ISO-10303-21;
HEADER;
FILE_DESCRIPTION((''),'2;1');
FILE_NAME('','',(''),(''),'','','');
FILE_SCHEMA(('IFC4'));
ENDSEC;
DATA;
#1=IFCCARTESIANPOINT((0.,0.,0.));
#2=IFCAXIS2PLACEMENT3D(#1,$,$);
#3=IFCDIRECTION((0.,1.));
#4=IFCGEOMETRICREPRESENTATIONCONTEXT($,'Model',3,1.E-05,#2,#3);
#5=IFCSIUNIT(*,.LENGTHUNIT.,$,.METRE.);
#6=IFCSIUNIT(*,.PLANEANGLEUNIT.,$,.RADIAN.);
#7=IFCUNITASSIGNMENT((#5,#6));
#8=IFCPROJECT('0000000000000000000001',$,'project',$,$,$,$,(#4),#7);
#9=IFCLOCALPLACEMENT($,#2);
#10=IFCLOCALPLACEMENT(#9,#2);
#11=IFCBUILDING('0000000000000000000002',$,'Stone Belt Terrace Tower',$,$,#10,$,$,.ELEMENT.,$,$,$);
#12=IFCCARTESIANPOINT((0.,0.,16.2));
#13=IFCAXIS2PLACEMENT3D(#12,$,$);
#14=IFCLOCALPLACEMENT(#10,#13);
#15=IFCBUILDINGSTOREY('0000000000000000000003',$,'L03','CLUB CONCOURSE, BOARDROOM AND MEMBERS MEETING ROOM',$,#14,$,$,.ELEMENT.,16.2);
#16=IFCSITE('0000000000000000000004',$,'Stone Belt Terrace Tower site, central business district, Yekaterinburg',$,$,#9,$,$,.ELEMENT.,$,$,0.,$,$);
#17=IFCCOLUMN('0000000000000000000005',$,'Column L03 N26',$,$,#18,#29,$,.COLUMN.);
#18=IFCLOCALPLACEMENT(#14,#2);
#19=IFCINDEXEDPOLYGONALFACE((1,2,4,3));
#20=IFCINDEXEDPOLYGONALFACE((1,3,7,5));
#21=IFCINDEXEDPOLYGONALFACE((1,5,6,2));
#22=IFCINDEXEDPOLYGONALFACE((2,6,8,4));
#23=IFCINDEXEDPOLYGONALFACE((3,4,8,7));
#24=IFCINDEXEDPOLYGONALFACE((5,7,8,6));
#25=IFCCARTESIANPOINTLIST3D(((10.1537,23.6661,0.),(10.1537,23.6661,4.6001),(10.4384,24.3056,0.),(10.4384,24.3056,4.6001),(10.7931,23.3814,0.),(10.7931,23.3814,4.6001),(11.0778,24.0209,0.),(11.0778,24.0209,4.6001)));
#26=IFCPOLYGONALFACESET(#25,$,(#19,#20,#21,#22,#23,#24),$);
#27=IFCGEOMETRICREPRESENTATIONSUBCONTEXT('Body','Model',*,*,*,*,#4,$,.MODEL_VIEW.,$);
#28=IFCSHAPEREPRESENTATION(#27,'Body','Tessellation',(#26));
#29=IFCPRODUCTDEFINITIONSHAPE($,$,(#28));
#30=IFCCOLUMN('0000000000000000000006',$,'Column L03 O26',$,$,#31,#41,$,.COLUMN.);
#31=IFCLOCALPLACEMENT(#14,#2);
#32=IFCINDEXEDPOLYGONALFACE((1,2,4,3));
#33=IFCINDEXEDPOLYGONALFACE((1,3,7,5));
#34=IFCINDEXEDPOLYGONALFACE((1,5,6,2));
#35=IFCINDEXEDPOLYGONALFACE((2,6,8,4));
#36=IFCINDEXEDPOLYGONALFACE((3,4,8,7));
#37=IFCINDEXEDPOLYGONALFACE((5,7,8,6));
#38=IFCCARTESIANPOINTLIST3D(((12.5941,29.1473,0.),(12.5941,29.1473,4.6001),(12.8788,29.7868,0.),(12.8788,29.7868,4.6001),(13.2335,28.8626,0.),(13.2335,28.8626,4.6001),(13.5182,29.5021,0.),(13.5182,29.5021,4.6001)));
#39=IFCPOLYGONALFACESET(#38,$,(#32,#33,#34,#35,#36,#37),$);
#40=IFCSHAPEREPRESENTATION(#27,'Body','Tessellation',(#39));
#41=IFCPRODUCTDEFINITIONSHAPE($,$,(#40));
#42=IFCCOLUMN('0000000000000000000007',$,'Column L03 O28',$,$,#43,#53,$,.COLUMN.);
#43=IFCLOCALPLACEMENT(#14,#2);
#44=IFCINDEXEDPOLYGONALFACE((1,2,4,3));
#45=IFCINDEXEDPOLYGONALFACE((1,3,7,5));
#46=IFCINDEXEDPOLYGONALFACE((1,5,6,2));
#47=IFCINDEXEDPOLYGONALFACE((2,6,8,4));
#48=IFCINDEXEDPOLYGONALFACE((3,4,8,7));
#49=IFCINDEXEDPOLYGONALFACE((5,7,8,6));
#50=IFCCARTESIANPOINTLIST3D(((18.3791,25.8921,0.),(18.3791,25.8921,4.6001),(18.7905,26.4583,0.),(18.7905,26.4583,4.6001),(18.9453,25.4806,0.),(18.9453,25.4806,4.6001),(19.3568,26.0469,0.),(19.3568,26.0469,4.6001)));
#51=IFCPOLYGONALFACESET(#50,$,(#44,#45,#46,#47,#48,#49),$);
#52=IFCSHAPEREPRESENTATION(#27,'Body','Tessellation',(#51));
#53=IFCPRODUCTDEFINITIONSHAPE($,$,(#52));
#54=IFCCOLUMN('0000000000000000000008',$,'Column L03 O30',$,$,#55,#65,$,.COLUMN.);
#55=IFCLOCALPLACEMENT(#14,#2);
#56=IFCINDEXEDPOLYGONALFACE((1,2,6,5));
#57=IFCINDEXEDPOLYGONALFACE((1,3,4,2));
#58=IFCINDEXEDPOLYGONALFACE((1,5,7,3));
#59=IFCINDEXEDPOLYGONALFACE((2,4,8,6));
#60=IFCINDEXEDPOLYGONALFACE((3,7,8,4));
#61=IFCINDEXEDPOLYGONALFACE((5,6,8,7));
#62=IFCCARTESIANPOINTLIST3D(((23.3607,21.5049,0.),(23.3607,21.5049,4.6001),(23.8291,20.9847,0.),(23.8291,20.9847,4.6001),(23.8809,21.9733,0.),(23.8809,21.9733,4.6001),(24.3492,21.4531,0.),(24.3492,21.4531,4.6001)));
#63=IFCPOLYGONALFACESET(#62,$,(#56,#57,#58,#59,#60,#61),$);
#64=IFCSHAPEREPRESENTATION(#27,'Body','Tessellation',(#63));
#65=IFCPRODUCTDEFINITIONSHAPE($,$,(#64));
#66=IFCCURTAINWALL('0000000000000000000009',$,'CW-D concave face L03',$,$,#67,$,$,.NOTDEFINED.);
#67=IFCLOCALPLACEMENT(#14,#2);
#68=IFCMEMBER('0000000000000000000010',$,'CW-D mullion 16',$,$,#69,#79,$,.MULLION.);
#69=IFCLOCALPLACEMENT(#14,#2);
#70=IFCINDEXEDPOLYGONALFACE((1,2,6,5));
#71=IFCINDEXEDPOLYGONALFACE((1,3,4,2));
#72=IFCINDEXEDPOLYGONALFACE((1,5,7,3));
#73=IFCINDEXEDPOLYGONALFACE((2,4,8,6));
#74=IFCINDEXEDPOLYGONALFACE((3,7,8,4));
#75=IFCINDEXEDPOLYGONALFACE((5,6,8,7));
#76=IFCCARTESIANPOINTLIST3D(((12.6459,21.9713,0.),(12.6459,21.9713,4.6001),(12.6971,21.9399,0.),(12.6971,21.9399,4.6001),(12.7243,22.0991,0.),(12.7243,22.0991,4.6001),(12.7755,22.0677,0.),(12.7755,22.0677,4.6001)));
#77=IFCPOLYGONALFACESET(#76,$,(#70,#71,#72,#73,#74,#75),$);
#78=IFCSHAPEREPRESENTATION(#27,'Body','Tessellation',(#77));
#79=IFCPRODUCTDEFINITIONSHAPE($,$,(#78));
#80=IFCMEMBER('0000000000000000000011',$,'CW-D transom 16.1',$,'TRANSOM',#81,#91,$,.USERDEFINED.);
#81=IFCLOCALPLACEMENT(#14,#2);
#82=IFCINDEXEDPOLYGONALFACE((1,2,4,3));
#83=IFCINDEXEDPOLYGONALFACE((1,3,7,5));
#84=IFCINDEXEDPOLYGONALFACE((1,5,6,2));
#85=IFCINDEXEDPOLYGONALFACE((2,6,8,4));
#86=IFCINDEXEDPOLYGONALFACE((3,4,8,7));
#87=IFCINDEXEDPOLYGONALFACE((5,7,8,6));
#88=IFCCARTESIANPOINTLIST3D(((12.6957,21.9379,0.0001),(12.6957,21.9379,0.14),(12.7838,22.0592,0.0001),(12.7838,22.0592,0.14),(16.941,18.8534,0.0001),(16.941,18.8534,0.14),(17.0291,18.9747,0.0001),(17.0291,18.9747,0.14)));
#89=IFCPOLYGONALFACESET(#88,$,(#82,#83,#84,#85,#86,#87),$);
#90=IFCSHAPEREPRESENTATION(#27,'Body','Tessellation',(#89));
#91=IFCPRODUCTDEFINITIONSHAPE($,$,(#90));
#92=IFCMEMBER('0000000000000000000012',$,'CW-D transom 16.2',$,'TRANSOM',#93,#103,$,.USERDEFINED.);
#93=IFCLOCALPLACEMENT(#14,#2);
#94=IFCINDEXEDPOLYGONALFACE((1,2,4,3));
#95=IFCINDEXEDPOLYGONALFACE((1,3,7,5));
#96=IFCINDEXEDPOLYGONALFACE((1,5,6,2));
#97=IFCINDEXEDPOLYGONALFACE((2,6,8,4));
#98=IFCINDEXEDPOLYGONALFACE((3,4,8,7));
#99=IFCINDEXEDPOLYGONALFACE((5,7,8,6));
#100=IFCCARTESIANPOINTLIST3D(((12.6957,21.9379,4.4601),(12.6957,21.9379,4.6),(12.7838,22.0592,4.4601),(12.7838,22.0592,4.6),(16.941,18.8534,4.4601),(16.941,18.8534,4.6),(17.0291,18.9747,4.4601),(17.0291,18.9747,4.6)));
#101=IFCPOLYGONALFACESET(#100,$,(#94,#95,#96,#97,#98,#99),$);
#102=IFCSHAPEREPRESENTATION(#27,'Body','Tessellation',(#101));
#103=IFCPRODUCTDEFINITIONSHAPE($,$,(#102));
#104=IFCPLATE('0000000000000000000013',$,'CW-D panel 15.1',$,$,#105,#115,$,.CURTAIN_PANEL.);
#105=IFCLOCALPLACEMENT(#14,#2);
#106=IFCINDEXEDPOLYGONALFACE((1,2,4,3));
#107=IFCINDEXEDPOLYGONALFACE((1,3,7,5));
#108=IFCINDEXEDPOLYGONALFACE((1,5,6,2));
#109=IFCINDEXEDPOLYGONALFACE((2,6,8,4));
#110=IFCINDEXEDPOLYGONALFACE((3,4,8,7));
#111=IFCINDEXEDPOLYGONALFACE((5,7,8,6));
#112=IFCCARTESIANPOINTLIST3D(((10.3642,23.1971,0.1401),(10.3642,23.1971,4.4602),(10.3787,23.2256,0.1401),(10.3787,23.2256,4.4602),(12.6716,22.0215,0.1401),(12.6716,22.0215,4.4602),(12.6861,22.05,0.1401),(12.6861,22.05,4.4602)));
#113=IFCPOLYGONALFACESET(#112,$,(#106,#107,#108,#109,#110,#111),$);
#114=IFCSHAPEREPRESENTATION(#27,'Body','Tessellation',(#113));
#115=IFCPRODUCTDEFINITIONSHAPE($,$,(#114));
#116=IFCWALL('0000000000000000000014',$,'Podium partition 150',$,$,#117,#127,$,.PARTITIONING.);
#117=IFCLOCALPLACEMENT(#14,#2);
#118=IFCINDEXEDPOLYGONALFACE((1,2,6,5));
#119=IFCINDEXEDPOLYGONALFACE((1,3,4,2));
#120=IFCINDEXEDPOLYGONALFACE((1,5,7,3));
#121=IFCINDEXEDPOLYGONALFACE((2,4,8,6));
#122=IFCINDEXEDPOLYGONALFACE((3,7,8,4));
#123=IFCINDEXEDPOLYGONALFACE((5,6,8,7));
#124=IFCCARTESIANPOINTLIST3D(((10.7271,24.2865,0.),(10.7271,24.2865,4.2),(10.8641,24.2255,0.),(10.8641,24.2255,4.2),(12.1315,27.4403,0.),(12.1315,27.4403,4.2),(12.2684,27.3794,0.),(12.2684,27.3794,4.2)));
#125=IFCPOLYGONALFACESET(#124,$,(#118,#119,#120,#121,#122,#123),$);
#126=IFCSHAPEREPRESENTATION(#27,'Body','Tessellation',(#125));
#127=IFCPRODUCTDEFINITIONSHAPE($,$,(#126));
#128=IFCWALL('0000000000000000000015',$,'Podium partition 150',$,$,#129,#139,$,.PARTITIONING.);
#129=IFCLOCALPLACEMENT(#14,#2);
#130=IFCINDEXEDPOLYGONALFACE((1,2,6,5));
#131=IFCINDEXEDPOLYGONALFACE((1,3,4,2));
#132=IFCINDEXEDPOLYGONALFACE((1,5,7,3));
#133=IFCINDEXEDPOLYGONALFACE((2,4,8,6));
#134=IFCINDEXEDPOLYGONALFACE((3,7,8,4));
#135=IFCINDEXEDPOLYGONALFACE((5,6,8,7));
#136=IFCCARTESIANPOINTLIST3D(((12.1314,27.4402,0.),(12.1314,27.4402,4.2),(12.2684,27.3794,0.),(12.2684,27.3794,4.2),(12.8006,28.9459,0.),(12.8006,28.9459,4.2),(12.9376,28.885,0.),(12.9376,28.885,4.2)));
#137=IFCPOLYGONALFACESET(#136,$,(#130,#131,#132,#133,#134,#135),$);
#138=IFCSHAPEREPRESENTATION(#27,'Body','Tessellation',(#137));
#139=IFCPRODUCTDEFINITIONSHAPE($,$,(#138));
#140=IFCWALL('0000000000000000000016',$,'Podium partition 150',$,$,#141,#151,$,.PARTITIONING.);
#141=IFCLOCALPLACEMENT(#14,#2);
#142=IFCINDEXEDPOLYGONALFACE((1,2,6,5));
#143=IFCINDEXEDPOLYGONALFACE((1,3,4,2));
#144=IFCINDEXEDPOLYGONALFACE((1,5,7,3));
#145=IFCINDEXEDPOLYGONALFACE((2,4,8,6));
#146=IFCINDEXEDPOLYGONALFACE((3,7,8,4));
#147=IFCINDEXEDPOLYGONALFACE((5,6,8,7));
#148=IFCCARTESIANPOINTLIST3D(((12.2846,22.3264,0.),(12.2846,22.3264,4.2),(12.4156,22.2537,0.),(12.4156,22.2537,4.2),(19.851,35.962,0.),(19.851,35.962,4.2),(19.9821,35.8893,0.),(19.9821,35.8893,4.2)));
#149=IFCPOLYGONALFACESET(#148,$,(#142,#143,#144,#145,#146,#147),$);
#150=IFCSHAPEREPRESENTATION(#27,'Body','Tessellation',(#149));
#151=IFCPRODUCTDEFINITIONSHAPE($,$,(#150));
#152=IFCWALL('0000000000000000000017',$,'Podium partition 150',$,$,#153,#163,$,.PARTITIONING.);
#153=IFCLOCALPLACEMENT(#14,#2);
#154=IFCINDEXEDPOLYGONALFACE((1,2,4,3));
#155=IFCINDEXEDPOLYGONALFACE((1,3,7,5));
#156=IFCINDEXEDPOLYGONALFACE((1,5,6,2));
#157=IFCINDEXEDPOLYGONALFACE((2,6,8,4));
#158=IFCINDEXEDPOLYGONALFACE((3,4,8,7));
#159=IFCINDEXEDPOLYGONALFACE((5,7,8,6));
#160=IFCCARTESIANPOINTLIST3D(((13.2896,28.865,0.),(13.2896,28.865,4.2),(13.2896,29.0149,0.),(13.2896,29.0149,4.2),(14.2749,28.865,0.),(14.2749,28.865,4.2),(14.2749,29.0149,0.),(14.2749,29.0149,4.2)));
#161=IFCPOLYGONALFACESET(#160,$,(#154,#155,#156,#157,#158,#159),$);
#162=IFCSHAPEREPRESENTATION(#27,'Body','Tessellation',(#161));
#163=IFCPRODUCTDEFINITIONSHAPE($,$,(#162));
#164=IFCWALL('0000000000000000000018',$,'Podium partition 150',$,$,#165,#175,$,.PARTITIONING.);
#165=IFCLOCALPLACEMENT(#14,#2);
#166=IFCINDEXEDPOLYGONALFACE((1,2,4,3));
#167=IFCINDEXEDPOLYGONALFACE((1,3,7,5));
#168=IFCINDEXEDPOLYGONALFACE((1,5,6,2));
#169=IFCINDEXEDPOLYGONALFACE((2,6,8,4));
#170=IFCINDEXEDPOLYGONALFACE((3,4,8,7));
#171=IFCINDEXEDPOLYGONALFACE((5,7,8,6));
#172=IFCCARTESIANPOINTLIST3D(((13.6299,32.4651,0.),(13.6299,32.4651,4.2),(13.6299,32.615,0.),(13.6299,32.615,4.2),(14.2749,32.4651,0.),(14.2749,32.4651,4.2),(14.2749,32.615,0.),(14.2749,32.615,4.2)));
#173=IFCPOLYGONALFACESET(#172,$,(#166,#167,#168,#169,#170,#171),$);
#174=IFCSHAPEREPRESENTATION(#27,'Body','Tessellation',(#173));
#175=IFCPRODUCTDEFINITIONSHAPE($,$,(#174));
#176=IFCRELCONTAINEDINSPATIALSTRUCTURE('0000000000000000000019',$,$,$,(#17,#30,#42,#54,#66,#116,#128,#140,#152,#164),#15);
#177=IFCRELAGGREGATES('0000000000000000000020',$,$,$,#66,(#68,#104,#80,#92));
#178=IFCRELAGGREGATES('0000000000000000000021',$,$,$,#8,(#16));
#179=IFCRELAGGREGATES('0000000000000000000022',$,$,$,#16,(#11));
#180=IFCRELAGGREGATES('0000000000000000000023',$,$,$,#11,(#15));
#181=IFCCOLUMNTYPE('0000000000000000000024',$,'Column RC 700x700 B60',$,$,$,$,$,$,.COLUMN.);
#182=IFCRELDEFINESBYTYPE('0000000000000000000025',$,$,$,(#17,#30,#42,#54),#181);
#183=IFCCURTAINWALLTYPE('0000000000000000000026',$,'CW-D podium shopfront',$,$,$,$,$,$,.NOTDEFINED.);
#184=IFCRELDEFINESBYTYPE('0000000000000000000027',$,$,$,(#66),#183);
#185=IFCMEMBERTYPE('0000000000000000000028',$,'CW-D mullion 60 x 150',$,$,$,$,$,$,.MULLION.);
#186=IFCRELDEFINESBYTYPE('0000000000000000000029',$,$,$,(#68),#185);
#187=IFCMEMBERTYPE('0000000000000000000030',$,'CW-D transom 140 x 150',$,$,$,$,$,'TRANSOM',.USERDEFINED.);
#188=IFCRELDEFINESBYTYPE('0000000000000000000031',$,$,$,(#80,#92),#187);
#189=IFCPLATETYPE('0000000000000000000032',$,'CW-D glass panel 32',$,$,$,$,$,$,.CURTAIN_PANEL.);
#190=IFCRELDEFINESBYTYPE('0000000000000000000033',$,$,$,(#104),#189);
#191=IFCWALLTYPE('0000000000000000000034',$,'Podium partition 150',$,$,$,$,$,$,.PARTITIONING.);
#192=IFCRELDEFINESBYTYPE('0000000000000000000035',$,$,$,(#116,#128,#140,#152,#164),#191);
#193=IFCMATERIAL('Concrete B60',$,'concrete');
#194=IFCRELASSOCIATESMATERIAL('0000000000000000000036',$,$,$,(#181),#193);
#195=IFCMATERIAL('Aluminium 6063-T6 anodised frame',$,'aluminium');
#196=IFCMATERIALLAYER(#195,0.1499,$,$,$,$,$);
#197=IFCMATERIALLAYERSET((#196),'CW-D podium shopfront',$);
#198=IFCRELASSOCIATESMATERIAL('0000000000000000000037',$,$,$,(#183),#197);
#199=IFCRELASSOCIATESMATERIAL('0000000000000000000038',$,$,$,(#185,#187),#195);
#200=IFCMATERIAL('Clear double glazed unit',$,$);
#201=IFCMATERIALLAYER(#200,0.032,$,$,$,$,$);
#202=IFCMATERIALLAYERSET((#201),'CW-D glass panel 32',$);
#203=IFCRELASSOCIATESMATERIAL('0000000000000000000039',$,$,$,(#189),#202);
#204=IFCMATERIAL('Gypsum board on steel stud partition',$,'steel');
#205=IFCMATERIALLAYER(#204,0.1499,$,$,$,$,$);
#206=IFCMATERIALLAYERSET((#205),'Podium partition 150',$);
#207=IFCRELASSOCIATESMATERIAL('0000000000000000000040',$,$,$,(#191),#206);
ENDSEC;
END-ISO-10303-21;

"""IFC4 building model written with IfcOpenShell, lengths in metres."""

from ifc_helpers import new_model, si_unit, direction, frame, frame_2d, origin, origin_2d, place, context, subcontext, project, spatial, rectangle, extrude, material, layer, layer_set, material_profile, profile_set, type_object, element, aggregate, save


model = new_model("IFC4")

# Units and contexts
model_context = context("Model", 3, precision=1e-05, world=origin(), true_north=direction((0.0, 1.0)))
body_context = subcontext(model_context, "Body", "Model", "MODEL_VIEW")
ifc_project = project(units=[si_unit("LENGTHUNIT", "METRE"), si_unit("PLANEANGLEUNIT", "RADIAN")], contexts=[model_context])

# Site, building, storey
site_placement = place(None, origin())
site = spatial("IfcSite", under=ifc_project, at=site_placement, Name="Stone Belt Terrace Tower site, central business district, Yekaterinburg", CompositionType="ELEMENT", RefElevation=0.0)
building_placement = place(site_placement, origin())
building = spatial("IfcBuilding", under=site, at=building_placement, Name="Stone Belt Terrace Tower", CompositionType="ELEMENT")
storey_placement = place(building_placement, frame((0.0, 0.0, 16.2)))
storey = spatial("IfcBuildingStorey", under=building, at=storey_placement, Name="L03", Description="CLUB CONCOURSE, BOARDROOM AND MEMBERS MEETING ROOM", CompositionType="ELEMENT", Elevation=16.2)

# Columns
ifc_material_1 = material(Name="Concrete B60", Category="concrete")
ifc_material_profile_1 = material_profile(ifc_material_1, rectangle(XDim=0.7, YDim=0.7, at=origin_2d()), Name="RC 700x700")
ifc_profile_set_1 = profile_set([ifc_material_profile_1], Name="Concrete B60")
column_type = type_object("IfcColumnType", Name="Column RC 700x700 B60", PredefinedType="COLUMN", material=ifc_profile_set_1)
for number, where, z_axis, x_axis, name in (
    (1, (10.6157, 23.8435, 0.0), (0.0, 0.0, 1.0), (0.913545, -0.406737, 0.0), "Column L03 N26"),
    (2, (13.0562, 29.3247, 0.0), (0.0, 0.0, 1.0), (0.913545, -0.406737, 0.0), "Column L03 O26"),
    (3, (18.8679, 25.9695, 0.0), (0.0, 0.0, 1.0), (0.809017, -0.587785, 0.0), "Column L03 O28"),
    (4, (23.855, 21.479, 0.0), (0.0, 0.0, 1.0), (0.669131, -0.743145, 0.0), "Column L03 O30"),
):
    element("IfcColumn", number, at=place(storey_placement, frame(where, z_axis=z_axis, x_axis=x_axis)), inside=storey, type_object=column_type, Name=name, PredefinedType="COLUMN", context=body_context, shape_type="SweptSolid", body=[
        extrude(rectangle(XDim=0.7, YDim=0.7, at=origin_2d()), origin(), (0.0, 0.0, 1.0), 4.6001),
    ])

# Curtain wall, members, plate
ifc_material_2 = material(Name="Aluminium 6063-T6 anodised frame", Category="aluminium")
ifc_layer_1 = layer(ifc_material_2, 0.1499)
ifc_layer_set_1 = layer_set([ifc_layer_1], Name="CW-D podium shopfront")
curtain_wall_type = type_object("IfcCurtainWallType", Name="CW-D podium shopfront", PredefinedType="NOTDEFINED", material=ifc_layer_set_1)
curtain_wall_placement = place(storey_placement, origin())
curtain_wall = element("IfcCurtainWall", 5, at=curtain_wall_placement, inside=storey, type_object=curtain_wall_type, Name="CW-D concave face L03", PredefinedType="NOTDEFINED")
ifc_material_profile_2 = material_profile(ifc_material_2, rectangle(XDim=0.1499, YDim=0.0601, at=origin_2d()), Name="Aluminium 6063-T6 60x150")
ifc_profile_set_2 = profile_set([ifc_material_profile_2], Name="Aluminium 6063-T6 anodised frame")
member_type_1 = type_object("IfcMemberType", Name="CW-D mullion 60 x 150", PredefinedType="MULLION", material=ifc_profile_set_2)
member_1_placement = place(storey_placement, frame((12.7107, 22.0195, 0.0), z_axis=(0.0, 0.0, 1.0), x_axis=(0.522499, 0.85264, 0.0)))
member_1 = element("IfcMember", 6, at=member_1_placement, type_object=member_type_1, Name="CW-D mullion 16", PredefinedType="MULLION", context=body_context, shape_type="SweptSolid", body=[
    extrude(rectangle(XDim=0.1499, YDim=0.0601, at=origin_2d()), origin(), (0.0, 0.0, 1.0), 4.6001),
])
ifc_material_profile_3 = material_profile(ifc_material_2, rectangle(XDim=0.1499, YDim=0.1399, at=origin_2d()), Name="Aluminium 6063-T6 150x140")
ifc_profile_set_3 = profile_set([ifc_material_profile_3], Name="Aluminium 6063-T6 anodised frame")
member_type_2 = type_object("IfcMemberType", Name="CW-D transom 140 x 150", ElementType="TRANSOM", PredefinedType="USERDEFINED", material=ifc_profile_set_3)
member_2_placement = place(storey_placement, frame((12.7397, 21.9985, 0.0701), z_axis=(0.809014, -0.58779, 0.0), x_axis=(0.58779, 0.809014, 0.0)))
member_2 = element("IfcMember", 7, at=member_2_placement, type_object=member_type_2, Name="CW-D transom 16.1", ObjectType="TRANSOM", PredefinedType="USERDEFINED", context=body_context, shape_type="SweptSolid", body=[
    extrude(rectangle(XDim=0.1499, YDim=0.1399, at=origin_2d()), origin(), (0.0, 0.0, 1.0), 5.2476),
])
member_3_placement = place(storey_placement, frame((12.7397, 21.9985, 4.53), z_axis=(0.809014, -0.58779, 0.0), x_axis=(0.58779, 0.809014, 0.0)))
member_3 = element("IfcMember", 8, at=member_3_placement, type_object=member_type_2, Name="CW-D transom 16.2", ObjectType="TRANSOM", PredefinedType="USERDEFINED", context=body_context, shape_type="SweptSolid", body=[
    extrude(rectangle(XDim=0.1499, YDim=0.1399, at=origin_2d()), origin(), (0.0, 0.0, 1.0), 5.2476),
])
ifc_material_3 = material(Name="Clear double glazed unit")
ifc_layer_2 = layer(ifc_material_3, 0.032)
ifc_layer_set_2 = layer_set([ifc_layer_2], Name="CW-D glass panel 32")
plate_type = type_object("IfcPlateType", Name="CW-D glass panel 32", PredefinedType="CURTAIN_PANEL", material=ifc_layer_set_2)
plate_placement = place(storey_placement, frame((11.5251, 22.6235, 0.1401), z_axis=(0.0, 0.0, 1.0), x_axis=(0.891007, -0.45399, 0.0)))
plate = element("IfcPlate", 9, at=plate_placement, type_object=plate_type, Name="CW-D panel 15.1", PredefinedType="CURTAIN_PANEL", context=body_context, shape_type="SweptSolid", body=[
    extrude(rectangle(XDim=2.5896, YDim=0.032, at=origin_2d()), origin(), (0.0, 0.0, 1.0), 4.3201),
])
aggregate(curtain_wall, [member_1, plate, member_2, member_3])

# Walls
ifc_material_4 = material(Name="Gypsum board on steel stud partition", Category="steel")
ifc_layer_3 = layer(ifc_material_4, 0.1499)
ifc_layer_set_3 = layer_set([ifc_layer_3], Name="Podium partition 150")
wall_type_1 = type_object("IfcWallType", Name="Podium partition 150", PredefinedType="PARTITIONING", material=ifc_layer_set_3)
wall_1_placement = place(storey_placement, frame((10.7957, 24.2561, 0.0), z_axis=(0.0, 0.0, 1.0), x_axis=(0.406768, 0.913531, 0.0)))
element("IfcWall", 10, at=wall_1_placement, inside=storey, type_object=wall_type_1, Name="Podium partition 150", PredefinedType="PARTITIONING", context=body_context, shape_type="SweptSolid", body=[
    extrude(rectangle(XDim=3.4524, YDim=0.1499, at=frame_2d((1.7261, 0.0))), origin(), (0.0, 0.0, 1.0), 4.2),
])
wall_2_placement = place(storey_placement, frame((12.2, 27.4099, 0.0), z_axis=(0.0, 0.0, 1.0), x_axis=(0.406152, 0.913805, 0.0)))
element("IfcWall", 11, at=wall_2_placement, inside=storey, type_object=wall_type_1, Name="Podium partition 150", PredefinedType="PARTITIONING", context=body_context, shape_type="SweptSolid", body=[
    extrude(rectangle(XDim=1.6477, YDim=0.1499, at=frame_2d((0.8237, 0.0))), origin(), (0.0, 0.0, 1.0), 4.2),
])
wall_3_placement = place(storey_placement, frame((12.3501, 22.29, 0.0), z_axis=(0.0, 0.0, 1.0), x_axis=(0.485208, 0.874399, 0.0)))
element("IfcWall", 12, at=wall_3_placement, inside=storey, type_object=wall_type_1, Name="Podium partition 150", PredefinedType="PARTITIONING", context=body_context, shape_type="SweptSolid", body=[
    extrude(rectangle(XDim=15.5942, YDim=0.1499, at=frame_2d((7.7971, 0.0))), origin(), (0.0, 0.0, 1.0), 4.2),
])
wall_4_placement = place(storey_placement, frame((13.2896, 28.9399, 0.0), z_axis=(0.0, 0.0, 1.0), x_axis=(1.0, 0.0, 0.0)))
element("IfcWall", 13, at=wall_4_placement, inside=storey, type_object=wall_type_1, Name="Podium partition 150", PredefinedType="PARTITIONING", context=body_context, shape_type="SweptSolid", body=[
    extrude(rectangle(XDim=0.9854, YDim=0.1499, at=frame_2d((0.4927, 0.0))), origin(), (0.0, 0.0, 1.0), 4.2),
])
wall_5_placement = place(storey_placement, frame((13.6299, 32.54, 0.0), z_axis=(0.0, 0.0, 1.0), x_axis=(1.0, 0.0, 0.0)))
element("IfcWall", 14, at=wall_5_placement, inside=storey, type_object=wall_type_1, Name="Podium partition 150", PredefinedType="PARTITIONING", context=body_context, shape_type="SweptSolid", body=[
    extrude(rectangle(XDim=0.645, YDim=0.1499, at=frame_2d((0.3225, 0.0))), origin(), (0.0, 0.0, 1.0), 4.2),
])

save(model, "model.ifc")
